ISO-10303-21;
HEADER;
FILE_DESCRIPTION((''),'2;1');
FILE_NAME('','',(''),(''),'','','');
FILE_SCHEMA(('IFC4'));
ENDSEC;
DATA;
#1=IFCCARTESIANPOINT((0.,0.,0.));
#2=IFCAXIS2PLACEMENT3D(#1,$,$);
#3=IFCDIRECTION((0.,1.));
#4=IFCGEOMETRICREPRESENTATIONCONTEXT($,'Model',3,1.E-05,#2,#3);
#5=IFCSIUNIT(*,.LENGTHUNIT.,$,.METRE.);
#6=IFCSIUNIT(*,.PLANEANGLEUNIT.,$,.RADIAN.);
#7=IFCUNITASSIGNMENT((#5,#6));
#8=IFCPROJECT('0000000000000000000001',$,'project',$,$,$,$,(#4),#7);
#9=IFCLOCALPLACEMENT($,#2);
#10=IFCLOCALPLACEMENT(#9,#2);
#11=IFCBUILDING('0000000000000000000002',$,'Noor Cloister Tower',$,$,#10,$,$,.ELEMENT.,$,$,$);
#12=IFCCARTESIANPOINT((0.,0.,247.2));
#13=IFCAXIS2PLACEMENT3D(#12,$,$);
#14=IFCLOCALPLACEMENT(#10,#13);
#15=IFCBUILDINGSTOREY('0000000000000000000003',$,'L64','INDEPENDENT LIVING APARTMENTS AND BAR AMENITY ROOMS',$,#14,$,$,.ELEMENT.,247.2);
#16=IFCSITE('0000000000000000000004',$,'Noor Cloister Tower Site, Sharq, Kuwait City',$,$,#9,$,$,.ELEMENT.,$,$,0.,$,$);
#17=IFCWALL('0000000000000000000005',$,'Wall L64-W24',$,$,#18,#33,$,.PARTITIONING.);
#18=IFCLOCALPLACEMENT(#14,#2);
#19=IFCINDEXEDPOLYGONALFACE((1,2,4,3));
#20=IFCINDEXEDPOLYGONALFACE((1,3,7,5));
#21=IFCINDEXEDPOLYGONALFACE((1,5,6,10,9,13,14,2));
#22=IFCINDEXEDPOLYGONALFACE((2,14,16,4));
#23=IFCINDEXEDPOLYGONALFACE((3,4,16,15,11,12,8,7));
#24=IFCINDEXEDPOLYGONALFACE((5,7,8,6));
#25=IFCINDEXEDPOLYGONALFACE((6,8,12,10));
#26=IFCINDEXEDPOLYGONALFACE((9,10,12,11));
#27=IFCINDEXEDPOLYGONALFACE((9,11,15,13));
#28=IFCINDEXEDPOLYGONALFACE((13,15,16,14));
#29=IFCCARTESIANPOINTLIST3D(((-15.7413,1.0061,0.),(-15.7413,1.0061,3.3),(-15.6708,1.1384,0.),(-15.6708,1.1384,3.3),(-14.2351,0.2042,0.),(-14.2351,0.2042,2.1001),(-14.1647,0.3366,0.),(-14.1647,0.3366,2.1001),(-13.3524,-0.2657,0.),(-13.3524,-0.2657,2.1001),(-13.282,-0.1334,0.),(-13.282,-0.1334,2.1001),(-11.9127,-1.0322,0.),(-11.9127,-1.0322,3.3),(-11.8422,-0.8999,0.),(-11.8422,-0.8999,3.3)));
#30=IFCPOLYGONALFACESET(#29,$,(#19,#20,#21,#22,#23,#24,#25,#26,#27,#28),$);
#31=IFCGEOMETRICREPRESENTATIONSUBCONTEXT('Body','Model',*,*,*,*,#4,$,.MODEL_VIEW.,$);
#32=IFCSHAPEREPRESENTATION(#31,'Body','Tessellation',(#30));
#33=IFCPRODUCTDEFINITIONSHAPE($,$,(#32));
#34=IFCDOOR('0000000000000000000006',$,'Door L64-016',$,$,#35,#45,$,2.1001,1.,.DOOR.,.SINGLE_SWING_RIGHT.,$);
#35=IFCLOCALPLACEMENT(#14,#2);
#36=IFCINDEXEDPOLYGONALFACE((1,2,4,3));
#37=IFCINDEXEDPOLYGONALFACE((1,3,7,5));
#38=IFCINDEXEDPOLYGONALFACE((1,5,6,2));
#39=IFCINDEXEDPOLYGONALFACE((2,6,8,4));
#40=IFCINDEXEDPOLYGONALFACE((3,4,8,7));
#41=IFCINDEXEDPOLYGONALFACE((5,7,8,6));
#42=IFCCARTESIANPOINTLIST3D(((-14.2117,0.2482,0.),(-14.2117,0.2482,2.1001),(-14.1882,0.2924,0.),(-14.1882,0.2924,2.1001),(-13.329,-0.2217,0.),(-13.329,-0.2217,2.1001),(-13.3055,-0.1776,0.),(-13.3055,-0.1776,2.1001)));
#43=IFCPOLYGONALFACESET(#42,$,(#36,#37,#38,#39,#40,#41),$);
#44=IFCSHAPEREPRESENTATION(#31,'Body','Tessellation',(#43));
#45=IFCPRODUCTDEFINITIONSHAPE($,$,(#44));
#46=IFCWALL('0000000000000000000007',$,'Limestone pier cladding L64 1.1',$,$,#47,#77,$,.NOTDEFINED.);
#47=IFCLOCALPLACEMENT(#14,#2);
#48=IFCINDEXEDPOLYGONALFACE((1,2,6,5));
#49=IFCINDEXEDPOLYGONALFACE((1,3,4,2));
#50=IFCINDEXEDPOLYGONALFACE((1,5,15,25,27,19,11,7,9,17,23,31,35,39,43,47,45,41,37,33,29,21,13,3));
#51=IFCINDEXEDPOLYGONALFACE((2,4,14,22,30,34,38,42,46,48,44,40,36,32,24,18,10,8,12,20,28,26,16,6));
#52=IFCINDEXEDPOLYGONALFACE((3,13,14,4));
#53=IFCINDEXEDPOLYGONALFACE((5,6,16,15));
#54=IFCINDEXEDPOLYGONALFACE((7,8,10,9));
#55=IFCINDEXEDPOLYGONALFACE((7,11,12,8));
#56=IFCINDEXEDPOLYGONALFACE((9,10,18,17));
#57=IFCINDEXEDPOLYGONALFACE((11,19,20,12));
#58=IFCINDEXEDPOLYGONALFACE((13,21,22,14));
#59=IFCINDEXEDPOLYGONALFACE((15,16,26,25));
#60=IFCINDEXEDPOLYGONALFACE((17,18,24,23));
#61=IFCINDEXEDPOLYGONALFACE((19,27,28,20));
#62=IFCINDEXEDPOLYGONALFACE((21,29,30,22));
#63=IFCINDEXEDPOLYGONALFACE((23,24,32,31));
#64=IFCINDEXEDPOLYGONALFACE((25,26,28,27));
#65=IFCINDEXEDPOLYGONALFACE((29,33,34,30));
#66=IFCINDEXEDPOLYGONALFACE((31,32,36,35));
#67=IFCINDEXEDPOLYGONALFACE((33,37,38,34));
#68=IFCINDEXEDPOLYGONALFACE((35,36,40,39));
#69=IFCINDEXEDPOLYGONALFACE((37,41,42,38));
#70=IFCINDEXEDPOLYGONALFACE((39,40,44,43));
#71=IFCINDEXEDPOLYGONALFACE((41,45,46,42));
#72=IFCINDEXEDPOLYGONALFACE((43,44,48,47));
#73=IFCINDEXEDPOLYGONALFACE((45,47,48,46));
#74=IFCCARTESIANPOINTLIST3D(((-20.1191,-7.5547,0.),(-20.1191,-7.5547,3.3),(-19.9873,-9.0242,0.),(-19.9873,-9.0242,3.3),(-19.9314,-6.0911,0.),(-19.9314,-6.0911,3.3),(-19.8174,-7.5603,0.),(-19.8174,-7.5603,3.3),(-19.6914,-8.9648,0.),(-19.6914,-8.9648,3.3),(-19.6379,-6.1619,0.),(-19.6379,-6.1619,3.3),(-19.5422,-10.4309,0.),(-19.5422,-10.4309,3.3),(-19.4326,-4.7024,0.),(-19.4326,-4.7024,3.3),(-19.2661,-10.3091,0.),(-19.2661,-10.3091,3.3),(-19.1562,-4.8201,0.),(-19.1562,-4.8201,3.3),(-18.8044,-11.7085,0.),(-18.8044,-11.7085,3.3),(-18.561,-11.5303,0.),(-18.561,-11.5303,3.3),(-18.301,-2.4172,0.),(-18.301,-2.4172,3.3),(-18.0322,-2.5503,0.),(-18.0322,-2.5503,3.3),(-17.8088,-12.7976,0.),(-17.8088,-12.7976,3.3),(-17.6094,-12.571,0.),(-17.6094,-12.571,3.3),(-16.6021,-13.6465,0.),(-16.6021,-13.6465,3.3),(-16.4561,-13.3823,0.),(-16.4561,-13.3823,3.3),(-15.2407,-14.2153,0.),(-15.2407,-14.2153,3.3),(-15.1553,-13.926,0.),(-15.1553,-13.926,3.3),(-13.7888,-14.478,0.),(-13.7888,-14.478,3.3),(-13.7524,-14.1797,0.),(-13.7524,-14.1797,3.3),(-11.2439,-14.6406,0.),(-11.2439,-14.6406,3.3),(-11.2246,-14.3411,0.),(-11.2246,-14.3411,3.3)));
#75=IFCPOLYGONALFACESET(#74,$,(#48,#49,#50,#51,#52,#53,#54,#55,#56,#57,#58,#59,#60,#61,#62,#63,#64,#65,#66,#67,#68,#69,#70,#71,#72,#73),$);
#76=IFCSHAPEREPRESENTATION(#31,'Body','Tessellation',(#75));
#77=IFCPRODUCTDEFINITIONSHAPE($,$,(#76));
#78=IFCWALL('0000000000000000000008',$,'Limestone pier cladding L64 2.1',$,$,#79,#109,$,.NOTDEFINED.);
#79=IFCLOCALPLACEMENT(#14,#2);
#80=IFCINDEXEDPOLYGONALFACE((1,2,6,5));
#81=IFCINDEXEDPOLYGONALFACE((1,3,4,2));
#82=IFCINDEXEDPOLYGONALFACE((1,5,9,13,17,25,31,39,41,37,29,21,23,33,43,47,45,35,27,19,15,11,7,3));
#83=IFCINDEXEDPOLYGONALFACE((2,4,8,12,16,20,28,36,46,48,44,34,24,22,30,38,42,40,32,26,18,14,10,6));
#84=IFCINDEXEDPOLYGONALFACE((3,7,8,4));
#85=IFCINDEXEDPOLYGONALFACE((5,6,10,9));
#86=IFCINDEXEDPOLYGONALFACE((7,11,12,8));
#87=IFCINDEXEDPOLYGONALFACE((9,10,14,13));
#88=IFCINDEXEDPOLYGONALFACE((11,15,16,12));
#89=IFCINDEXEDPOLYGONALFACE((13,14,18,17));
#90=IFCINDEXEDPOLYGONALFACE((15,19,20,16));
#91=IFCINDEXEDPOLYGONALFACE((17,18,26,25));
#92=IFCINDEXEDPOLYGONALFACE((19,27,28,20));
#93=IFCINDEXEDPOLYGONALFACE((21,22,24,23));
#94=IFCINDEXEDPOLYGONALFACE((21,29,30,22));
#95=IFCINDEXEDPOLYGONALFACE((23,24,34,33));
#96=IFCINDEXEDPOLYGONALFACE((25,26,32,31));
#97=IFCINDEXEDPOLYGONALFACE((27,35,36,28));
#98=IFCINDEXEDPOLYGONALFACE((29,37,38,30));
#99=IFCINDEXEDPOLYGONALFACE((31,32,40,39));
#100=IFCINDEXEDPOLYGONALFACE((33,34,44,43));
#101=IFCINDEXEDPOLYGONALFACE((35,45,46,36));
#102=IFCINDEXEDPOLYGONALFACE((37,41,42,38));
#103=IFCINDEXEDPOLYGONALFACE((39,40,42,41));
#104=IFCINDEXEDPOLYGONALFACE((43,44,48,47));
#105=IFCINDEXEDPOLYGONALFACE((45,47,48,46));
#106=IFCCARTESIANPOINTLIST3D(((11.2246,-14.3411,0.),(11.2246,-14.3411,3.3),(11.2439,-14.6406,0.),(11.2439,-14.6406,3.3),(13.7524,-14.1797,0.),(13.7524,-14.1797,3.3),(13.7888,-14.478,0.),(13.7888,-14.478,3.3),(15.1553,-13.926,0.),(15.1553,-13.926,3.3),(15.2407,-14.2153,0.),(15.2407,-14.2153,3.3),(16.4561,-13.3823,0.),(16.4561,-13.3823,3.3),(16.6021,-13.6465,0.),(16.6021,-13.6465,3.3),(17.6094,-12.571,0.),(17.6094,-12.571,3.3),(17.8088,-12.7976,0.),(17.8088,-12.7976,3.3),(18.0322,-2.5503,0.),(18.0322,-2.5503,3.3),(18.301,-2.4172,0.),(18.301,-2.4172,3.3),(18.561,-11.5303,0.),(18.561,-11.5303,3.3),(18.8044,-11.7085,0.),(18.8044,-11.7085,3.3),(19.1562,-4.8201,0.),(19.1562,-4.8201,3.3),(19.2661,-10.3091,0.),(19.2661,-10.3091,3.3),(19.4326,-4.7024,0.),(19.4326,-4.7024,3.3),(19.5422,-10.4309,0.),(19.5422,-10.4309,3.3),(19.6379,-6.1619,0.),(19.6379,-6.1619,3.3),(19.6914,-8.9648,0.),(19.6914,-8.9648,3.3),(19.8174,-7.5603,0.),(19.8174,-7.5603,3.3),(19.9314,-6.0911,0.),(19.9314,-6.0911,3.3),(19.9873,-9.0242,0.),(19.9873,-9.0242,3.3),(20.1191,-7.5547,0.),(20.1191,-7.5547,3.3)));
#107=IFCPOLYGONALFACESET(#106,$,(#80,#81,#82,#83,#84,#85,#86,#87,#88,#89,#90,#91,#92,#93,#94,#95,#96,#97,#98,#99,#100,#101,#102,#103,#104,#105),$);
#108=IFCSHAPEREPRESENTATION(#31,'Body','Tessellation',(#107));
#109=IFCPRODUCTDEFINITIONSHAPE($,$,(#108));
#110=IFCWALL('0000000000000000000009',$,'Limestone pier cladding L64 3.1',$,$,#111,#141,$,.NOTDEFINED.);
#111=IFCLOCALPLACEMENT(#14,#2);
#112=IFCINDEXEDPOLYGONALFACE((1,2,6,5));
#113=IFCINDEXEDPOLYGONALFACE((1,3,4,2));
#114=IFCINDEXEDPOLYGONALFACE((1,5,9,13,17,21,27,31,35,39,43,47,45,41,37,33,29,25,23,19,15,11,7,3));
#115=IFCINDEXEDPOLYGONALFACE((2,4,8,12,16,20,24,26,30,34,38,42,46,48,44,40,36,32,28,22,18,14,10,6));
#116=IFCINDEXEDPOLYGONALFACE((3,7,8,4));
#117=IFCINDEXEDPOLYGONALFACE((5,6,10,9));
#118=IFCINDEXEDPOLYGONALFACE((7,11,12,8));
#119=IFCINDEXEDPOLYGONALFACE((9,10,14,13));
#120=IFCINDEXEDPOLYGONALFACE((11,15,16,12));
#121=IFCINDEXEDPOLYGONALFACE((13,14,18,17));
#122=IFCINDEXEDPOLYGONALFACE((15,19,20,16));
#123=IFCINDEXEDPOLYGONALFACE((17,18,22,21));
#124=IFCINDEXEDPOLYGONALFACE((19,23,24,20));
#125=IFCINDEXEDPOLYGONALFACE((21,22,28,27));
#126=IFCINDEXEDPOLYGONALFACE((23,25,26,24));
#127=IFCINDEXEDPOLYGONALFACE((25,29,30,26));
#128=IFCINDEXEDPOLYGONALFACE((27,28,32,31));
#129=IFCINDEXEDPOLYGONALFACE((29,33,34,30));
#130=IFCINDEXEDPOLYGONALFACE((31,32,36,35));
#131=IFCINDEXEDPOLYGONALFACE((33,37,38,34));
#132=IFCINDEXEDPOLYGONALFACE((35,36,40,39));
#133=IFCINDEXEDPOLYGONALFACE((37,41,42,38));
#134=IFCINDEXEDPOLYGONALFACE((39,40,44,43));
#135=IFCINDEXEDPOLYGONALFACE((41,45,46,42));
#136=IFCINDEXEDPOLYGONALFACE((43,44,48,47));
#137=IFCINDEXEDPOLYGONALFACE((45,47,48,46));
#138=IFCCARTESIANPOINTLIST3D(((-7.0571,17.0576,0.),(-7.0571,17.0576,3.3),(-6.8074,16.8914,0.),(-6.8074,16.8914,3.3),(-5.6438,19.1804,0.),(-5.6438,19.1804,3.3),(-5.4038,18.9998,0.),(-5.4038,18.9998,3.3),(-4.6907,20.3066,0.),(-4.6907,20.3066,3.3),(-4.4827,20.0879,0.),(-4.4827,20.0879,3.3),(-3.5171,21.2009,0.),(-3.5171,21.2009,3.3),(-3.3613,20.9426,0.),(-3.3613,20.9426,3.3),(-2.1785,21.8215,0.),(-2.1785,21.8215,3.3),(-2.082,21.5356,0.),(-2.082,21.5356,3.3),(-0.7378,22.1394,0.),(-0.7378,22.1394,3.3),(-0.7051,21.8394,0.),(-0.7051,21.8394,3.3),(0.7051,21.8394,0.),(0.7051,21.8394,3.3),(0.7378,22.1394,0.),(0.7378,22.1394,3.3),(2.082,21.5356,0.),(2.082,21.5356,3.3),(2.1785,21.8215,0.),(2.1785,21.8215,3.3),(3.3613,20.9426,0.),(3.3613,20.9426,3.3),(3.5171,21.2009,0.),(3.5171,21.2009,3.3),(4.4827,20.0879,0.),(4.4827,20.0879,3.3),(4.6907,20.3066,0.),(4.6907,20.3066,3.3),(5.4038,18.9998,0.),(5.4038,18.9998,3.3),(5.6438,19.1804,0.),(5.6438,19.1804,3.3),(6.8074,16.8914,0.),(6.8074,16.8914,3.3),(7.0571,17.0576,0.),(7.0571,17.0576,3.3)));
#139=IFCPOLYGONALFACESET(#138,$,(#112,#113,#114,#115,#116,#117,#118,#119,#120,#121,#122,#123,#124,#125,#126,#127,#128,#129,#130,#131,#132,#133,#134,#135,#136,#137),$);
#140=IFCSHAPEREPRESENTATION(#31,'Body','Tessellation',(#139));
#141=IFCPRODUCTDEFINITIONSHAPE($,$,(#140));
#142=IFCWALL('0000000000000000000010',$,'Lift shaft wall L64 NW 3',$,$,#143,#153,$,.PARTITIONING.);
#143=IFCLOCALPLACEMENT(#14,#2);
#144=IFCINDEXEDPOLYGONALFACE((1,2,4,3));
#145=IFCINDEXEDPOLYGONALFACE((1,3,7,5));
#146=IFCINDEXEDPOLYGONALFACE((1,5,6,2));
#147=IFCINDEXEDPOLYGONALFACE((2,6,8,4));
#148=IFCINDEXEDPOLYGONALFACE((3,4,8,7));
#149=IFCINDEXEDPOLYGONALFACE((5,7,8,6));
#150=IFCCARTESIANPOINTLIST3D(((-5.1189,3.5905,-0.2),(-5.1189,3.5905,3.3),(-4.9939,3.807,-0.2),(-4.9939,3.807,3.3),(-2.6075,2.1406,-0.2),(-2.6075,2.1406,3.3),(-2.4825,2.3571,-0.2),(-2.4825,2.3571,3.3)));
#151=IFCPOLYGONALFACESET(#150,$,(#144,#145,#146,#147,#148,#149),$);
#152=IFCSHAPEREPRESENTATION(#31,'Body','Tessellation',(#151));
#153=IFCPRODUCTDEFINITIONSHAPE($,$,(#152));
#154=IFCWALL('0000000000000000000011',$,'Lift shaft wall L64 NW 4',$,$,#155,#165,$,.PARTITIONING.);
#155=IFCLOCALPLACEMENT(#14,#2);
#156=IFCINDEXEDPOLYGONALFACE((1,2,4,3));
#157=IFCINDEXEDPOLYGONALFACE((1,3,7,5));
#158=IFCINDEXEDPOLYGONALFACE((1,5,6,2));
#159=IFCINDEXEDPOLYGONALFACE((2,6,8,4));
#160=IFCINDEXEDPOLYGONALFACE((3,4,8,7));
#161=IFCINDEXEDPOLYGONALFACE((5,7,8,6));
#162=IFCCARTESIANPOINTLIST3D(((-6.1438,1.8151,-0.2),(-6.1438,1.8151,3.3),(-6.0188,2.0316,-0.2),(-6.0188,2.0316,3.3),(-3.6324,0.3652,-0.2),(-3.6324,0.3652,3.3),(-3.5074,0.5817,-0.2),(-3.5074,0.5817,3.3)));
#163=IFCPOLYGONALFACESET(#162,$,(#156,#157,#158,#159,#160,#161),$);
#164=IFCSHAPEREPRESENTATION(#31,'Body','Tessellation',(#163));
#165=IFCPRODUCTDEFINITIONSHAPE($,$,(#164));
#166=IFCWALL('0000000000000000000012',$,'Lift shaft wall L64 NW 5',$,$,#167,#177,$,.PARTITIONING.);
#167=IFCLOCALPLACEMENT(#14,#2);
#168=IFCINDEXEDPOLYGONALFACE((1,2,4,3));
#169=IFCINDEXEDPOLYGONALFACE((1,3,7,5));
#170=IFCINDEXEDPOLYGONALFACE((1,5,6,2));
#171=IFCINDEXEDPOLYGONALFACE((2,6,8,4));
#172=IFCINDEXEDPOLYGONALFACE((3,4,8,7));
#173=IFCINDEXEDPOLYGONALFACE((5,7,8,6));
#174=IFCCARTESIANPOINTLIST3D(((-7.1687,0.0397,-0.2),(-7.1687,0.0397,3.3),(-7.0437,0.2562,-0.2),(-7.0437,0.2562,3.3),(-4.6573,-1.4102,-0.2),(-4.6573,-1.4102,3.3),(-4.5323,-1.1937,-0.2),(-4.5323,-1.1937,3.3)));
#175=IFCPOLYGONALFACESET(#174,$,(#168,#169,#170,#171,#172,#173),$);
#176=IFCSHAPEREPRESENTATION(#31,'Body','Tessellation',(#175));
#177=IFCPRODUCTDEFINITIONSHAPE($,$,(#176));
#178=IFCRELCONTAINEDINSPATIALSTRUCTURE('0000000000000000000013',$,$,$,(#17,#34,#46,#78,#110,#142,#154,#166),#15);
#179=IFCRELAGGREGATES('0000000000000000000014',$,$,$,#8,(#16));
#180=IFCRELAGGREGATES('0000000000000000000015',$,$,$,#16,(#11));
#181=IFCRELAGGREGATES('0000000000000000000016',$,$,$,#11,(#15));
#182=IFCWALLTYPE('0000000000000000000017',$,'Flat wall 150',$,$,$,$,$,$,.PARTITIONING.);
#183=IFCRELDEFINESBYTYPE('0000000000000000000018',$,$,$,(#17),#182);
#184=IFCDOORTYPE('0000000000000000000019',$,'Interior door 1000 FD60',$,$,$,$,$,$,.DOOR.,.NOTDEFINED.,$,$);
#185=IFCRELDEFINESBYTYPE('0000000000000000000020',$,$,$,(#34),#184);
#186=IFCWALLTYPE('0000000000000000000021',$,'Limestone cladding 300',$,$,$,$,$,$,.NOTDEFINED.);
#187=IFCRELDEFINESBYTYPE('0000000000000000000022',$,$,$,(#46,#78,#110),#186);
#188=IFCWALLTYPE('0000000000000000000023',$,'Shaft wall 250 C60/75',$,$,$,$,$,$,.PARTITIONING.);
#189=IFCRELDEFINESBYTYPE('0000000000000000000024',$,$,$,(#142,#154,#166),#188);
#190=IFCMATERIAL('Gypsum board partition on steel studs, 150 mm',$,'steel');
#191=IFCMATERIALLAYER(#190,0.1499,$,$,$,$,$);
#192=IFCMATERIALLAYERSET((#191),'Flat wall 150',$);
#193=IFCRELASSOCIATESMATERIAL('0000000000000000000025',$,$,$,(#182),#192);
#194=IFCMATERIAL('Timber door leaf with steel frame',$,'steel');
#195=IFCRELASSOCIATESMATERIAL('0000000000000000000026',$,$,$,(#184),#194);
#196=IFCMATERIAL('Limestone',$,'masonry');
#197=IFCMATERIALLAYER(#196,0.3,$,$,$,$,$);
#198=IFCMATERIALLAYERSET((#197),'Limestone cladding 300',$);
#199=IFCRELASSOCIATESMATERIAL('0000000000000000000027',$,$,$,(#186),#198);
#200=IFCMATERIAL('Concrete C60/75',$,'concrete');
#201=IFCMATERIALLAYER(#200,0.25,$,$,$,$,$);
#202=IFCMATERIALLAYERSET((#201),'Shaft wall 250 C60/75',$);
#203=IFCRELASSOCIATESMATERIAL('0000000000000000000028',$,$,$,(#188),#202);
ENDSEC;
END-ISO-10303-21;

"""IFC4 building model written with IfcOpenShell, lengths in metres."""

from ifc_helpers import new_model, si_unit, direction, frame, frame_2d, origin, place, context, subcontext, project, spatial, polyline, rectangle, outline, extrude, material, layer, layer_set, type_object, element, fill, save


model = new_model("IFC4")

# Units and contexts
model_context = context("Model", 3, precision=1e-05, world=origin(), true_north=direction((0.0, 1.0)))
body_context = subcontext(model_context, "Body", "Model", "MODEL_VIEW")
ifc_project = project(units=[si_unit("LENGTHUNIT", "METRE"), si_unit("PLANEANGLEUNIT", "RADIAN")], contexts=[model_context])

# Site, building, storey
site_placement = place(None, origin())
site = spatial("IfcSite", under=ifc_project, at=site_placement, Name="Noor Cloister Tower Site, Sharq, Kuwait City", CompositionType="ELEMENT", RefElevation=0.0)
building_placement = place(site_placement, origin())
building = spatial("IfcBuilding", under=site, at=building_placement, Name="Noor Cloister Tower", CompositionType="ELEMENT")
storey_placement = place(building_placement, frame((0.0, 0.0, 247.2)))
storey = spatial("IfcBuildingStorey", under=building, at=storey_placement, Name="L64", Description="INDEPENDENT LIVING APARTMENTS AND BAR AMENITY ROOMS", CompositionType="ELEMENT", Elevation=247.2)

# Wall, opening, door
ifc_material_1 = material(Name="Gypsum board partition on steel studs, 150 mm", Category="steel")
ifc_layer_1 = layer(ifc_material_1, 0.1499)
ifc_layer_set_1 = layer_set([ifc_layer_1], Name="Flat wall 150")
wall_type_1 = type_object("IfcWallType", Name="Flat wall 150", PredefinedType="PARTITIONING", material=ifc_layer_set_1)
ifc_material_2 = material(Name="Timber door leaf with steel frame", Category="steel")
door_type_1 = type_object("IfcDoorType", Name="Interior door 1000 FD60", OperationType="NOTDEFINED", PredefinedType="DOOR", material=ifc_material_2)
wall_1_placement = place(storey_placement, frame((-15.7061, 1.0723, 0.0), z_axis=(0.0, 0.0, 1.0), x_axis=(0.882697, -0.469942, 0.0)))
wall_1 = element("IfcWall", 1, at=wall_1_placement, inside=storey, type_object=wall_type_1, Name="Wall L64-W24", PredefinedType="PARTITIONING", context=body_context, shape_type="SweptSolid", body=[
    extrude(rectangle(XDim=4.3374, YDim=0.1499, at=frame_2d((2.1687, 0.0))), origin(), (0.0, 0.0, 1.0), 3.3),
])
opening_1_placement = place(wall_1_placement, frame((1.7063, 0.0, 0.0)))
opening_1 = element("IfcOpeningElement", 2, at=opening_1_placement, cuts=wall_1, PredefinedType="OPENING", context=body_context, shape_type="SweptSolid", body=[
    extrude(rectangle(XDim=1.0, YDim=2.1001, at=frame_2d((0.5, 1.05))), frame((0.0, 0.085, 0.0), z_axis=(0.0, -1.0, 0.0), x_axis=(1.0, 0.0, 0.0)), (0.0, 0.0, 1.0), 0.1699),
])
door_1_placement = place(opening_1_placement, origin())
door_1 = element("IfcDoor", 3, at=door_1_placement, inside=storey, type_object=door_type_1, Name="Door L64-016", OperationType="SINGLE_SWING_RIGHT", OverallHeight=2.1001, OverallWidth=1.0, PredefinedType="DOOR", context=body_context, shape_type="SweptSolid", body=[
    extrude(rectangle(XDim=1.0, YDim=2.1001, at=frame_2d((0.5, 1.05))), frame((0.0, 0.0249, 0.0), z_axis=(0.0, -1.0, 0.0), x_axis=(1.0, 0.0, 0.0)), (0.0, 0.0, 1.0), 0.05),
])
fill(opening_1, door_1)

# Walls
ifc_material_3 = material(Name="Limestone", Category="masonry")
ifc_layer_2 = layer(ifc_material_3, 0.3)
ifc_layer_set_2 = layer_set([ifc_layer_2], Name="Limestone cladding 300")
wall_type_2 = type_object("IfcWallType", Name="Limestone cladding 300", PredefinedType="NOTDEFINED", material=ifc_layer_set_2)
wall_2_placement = place(storey_placement, origin())
element("IfcWall", 4, at=wall_2_placement, inside=storey, type_object=wall_type_2, Name="Limestone pier cladding L64 1.1", PredefinedType="NOTDEFINED", context=body_context, shape_type="SweptSolid", body=[
    extrude(outline(polyline([(-18.301, -2.4172), (-19.4326, -4.7024), (-19.9314, -6.0911), (-20.1191, -7.5547), (-19.9873, -9.0242), (-19.5422, -10.4309), (-18.8044, -11.7085), (-17.8088, -12.7976), (-16.6021, -13.6465), (-15.2407, -14.2153), (-13.7888, -14.478), (-11.2439, -14.6406), (-11.2246, -14.3411), (-13.7524, -14.1797), (-15.1553, -13.926), (-16.4561, -13.3823), (-17.6094, -12.571), (-18.561, -11.5303), (-19.2661, -10.3091), (-19.6914, -8.9648), (-19.8174, -7.5603), (-19.6379, -6.1619), (-19.1562, -4.8201), (-18.0322, -2.5503), (-18.301, -2.4172)])), origin(), (0.0, 0.0, 1.0), 3.3),
])
wall_3_placement = place(storey_placement, origin())
element("IfcWall", 5, at=wall_3_placement, inside=storey, type_object=wall_type_2, Name="Limestone pier cladding L64 2.1", PredefinedType="NOTDEFINED", context=body_context, shape_type="SweptSolid", body=[
    extrude(outline(polyline([(11.2439, -14.6406), (13.7888, -14.478), (15.2407, -14.2153), (16.6021, -13.6465), (17.8088, -12.7976), (18.8044, -11.7085), (19.5422, -10.4309), (19.9873, -9.0242), (20.1191, -7.5547), (19.9314, -6.0911), (19.4326, -4.7024), (18.301, -2.4172), (18.0322, -2.5503), (19.1562, -4.8201), (19.6379, -6.1619), (19.8174, -7.5603), (19.6914, -8.9648), (19.2661, -10.3091), (18.561, -11.5303), (17.6094, -12.571), (16.4561, -13.3823), (15.1553, -13.926), (13.7524, -14.1797), (11.2246, -14.3411), (11.2439, -14.6406)])), origin(), (0.0, 0.0, 1.0), 3.3),
])
wall_4_placement = place(storey_placement, origin())
element("IfcWall", 6, at=wall_4_placement, inside=storey, type_object=wall_type_2, Name="Limestone pier cladding L64 3.1", PredefinedType="NOTDEFINED", context=body_context, shape_type="SweptSolid", body=[
    extrude(outline(polyline([(7.0571, 17.0576), (5.6438, 19.1804), (4.6907, 20.3066), (3.5171, 21.2009), (2.1785, 21.8215), (0.7378, 22.1394), (-0.7378, 22.1394), (-2.1785, 21.8215), (-3.5171, 21.2009), (-4.6907, 20.3066), (-5.6438, 19.1804), (-7.0571, 17.0576), (-6.8074, 16.8914), (-5.4038, 18.9998), (-4.4827, 20.0879), (-3.3613, 20.9426), (-2.082, 21.5356), (-0.7051, 21.8394), (0.7051, 21.8394), (2.082, 21.5356), (3.3613, 20.9426), (4.4827, 20.0879), (5.4038, 18.9998), (6.8074, 16.8914), (7.0571, 17.0576)])), origin(), (0.0, 0.0, 1.0), 3.3),
])
ifc_material_4 = material(Name="Concrete C60/75", Category="concrete")
ifc_layer_3 = layer(ifc_material_4, 0.25)
ifc_layer_set_3 = layer_set([ifc_layer_3], Name="Shaft wall 250 C60/75")
wall_type_3 = type_object("IfcWallType", Name="Shaft wall 250 C60/75", PredefinedType="PARTITIONING", material=ifc_layer_set_3)
for number, where, z_axis, x_axis, name in (
    (7, (-5.0564, 3.6987, -0.2), (0.0, 0.0, 1.0), (0.866033, -0.499987, 0.0), "Lift shaft wall L64 NW 3"),
    (8, (-6.0813, 1.9233, -0.2), (0.0, 0.0, 1.0), (0.866033, -0.499987, 0.0), "Lift shaft wall L64 NW 4"),
    (9, (-7.1062, 0.1479, -0.2), (0.0, 0.0, 1.0), (0.866033, -0.499987, 0.0), "Lift shaft wall L64 NW 5"),
):
    element("IfcWall", number, at=place(storey_placement, frame(where, z_axis=z_axis, x_axis=x_axis)), inside=storey, type_object=wall_type_3, Name=name, PredefinedType="PARTITIONING", context=body_context, shape_type="SweptSolid", body=[
        extrude(rectangle(XDim=2.8999, YDim=0.25, at=frame_2d((1.45, 0.0))), origin(), (0.0, 0.0, 1.0), 3.5),
    ])

save(model, "model.ifc")
